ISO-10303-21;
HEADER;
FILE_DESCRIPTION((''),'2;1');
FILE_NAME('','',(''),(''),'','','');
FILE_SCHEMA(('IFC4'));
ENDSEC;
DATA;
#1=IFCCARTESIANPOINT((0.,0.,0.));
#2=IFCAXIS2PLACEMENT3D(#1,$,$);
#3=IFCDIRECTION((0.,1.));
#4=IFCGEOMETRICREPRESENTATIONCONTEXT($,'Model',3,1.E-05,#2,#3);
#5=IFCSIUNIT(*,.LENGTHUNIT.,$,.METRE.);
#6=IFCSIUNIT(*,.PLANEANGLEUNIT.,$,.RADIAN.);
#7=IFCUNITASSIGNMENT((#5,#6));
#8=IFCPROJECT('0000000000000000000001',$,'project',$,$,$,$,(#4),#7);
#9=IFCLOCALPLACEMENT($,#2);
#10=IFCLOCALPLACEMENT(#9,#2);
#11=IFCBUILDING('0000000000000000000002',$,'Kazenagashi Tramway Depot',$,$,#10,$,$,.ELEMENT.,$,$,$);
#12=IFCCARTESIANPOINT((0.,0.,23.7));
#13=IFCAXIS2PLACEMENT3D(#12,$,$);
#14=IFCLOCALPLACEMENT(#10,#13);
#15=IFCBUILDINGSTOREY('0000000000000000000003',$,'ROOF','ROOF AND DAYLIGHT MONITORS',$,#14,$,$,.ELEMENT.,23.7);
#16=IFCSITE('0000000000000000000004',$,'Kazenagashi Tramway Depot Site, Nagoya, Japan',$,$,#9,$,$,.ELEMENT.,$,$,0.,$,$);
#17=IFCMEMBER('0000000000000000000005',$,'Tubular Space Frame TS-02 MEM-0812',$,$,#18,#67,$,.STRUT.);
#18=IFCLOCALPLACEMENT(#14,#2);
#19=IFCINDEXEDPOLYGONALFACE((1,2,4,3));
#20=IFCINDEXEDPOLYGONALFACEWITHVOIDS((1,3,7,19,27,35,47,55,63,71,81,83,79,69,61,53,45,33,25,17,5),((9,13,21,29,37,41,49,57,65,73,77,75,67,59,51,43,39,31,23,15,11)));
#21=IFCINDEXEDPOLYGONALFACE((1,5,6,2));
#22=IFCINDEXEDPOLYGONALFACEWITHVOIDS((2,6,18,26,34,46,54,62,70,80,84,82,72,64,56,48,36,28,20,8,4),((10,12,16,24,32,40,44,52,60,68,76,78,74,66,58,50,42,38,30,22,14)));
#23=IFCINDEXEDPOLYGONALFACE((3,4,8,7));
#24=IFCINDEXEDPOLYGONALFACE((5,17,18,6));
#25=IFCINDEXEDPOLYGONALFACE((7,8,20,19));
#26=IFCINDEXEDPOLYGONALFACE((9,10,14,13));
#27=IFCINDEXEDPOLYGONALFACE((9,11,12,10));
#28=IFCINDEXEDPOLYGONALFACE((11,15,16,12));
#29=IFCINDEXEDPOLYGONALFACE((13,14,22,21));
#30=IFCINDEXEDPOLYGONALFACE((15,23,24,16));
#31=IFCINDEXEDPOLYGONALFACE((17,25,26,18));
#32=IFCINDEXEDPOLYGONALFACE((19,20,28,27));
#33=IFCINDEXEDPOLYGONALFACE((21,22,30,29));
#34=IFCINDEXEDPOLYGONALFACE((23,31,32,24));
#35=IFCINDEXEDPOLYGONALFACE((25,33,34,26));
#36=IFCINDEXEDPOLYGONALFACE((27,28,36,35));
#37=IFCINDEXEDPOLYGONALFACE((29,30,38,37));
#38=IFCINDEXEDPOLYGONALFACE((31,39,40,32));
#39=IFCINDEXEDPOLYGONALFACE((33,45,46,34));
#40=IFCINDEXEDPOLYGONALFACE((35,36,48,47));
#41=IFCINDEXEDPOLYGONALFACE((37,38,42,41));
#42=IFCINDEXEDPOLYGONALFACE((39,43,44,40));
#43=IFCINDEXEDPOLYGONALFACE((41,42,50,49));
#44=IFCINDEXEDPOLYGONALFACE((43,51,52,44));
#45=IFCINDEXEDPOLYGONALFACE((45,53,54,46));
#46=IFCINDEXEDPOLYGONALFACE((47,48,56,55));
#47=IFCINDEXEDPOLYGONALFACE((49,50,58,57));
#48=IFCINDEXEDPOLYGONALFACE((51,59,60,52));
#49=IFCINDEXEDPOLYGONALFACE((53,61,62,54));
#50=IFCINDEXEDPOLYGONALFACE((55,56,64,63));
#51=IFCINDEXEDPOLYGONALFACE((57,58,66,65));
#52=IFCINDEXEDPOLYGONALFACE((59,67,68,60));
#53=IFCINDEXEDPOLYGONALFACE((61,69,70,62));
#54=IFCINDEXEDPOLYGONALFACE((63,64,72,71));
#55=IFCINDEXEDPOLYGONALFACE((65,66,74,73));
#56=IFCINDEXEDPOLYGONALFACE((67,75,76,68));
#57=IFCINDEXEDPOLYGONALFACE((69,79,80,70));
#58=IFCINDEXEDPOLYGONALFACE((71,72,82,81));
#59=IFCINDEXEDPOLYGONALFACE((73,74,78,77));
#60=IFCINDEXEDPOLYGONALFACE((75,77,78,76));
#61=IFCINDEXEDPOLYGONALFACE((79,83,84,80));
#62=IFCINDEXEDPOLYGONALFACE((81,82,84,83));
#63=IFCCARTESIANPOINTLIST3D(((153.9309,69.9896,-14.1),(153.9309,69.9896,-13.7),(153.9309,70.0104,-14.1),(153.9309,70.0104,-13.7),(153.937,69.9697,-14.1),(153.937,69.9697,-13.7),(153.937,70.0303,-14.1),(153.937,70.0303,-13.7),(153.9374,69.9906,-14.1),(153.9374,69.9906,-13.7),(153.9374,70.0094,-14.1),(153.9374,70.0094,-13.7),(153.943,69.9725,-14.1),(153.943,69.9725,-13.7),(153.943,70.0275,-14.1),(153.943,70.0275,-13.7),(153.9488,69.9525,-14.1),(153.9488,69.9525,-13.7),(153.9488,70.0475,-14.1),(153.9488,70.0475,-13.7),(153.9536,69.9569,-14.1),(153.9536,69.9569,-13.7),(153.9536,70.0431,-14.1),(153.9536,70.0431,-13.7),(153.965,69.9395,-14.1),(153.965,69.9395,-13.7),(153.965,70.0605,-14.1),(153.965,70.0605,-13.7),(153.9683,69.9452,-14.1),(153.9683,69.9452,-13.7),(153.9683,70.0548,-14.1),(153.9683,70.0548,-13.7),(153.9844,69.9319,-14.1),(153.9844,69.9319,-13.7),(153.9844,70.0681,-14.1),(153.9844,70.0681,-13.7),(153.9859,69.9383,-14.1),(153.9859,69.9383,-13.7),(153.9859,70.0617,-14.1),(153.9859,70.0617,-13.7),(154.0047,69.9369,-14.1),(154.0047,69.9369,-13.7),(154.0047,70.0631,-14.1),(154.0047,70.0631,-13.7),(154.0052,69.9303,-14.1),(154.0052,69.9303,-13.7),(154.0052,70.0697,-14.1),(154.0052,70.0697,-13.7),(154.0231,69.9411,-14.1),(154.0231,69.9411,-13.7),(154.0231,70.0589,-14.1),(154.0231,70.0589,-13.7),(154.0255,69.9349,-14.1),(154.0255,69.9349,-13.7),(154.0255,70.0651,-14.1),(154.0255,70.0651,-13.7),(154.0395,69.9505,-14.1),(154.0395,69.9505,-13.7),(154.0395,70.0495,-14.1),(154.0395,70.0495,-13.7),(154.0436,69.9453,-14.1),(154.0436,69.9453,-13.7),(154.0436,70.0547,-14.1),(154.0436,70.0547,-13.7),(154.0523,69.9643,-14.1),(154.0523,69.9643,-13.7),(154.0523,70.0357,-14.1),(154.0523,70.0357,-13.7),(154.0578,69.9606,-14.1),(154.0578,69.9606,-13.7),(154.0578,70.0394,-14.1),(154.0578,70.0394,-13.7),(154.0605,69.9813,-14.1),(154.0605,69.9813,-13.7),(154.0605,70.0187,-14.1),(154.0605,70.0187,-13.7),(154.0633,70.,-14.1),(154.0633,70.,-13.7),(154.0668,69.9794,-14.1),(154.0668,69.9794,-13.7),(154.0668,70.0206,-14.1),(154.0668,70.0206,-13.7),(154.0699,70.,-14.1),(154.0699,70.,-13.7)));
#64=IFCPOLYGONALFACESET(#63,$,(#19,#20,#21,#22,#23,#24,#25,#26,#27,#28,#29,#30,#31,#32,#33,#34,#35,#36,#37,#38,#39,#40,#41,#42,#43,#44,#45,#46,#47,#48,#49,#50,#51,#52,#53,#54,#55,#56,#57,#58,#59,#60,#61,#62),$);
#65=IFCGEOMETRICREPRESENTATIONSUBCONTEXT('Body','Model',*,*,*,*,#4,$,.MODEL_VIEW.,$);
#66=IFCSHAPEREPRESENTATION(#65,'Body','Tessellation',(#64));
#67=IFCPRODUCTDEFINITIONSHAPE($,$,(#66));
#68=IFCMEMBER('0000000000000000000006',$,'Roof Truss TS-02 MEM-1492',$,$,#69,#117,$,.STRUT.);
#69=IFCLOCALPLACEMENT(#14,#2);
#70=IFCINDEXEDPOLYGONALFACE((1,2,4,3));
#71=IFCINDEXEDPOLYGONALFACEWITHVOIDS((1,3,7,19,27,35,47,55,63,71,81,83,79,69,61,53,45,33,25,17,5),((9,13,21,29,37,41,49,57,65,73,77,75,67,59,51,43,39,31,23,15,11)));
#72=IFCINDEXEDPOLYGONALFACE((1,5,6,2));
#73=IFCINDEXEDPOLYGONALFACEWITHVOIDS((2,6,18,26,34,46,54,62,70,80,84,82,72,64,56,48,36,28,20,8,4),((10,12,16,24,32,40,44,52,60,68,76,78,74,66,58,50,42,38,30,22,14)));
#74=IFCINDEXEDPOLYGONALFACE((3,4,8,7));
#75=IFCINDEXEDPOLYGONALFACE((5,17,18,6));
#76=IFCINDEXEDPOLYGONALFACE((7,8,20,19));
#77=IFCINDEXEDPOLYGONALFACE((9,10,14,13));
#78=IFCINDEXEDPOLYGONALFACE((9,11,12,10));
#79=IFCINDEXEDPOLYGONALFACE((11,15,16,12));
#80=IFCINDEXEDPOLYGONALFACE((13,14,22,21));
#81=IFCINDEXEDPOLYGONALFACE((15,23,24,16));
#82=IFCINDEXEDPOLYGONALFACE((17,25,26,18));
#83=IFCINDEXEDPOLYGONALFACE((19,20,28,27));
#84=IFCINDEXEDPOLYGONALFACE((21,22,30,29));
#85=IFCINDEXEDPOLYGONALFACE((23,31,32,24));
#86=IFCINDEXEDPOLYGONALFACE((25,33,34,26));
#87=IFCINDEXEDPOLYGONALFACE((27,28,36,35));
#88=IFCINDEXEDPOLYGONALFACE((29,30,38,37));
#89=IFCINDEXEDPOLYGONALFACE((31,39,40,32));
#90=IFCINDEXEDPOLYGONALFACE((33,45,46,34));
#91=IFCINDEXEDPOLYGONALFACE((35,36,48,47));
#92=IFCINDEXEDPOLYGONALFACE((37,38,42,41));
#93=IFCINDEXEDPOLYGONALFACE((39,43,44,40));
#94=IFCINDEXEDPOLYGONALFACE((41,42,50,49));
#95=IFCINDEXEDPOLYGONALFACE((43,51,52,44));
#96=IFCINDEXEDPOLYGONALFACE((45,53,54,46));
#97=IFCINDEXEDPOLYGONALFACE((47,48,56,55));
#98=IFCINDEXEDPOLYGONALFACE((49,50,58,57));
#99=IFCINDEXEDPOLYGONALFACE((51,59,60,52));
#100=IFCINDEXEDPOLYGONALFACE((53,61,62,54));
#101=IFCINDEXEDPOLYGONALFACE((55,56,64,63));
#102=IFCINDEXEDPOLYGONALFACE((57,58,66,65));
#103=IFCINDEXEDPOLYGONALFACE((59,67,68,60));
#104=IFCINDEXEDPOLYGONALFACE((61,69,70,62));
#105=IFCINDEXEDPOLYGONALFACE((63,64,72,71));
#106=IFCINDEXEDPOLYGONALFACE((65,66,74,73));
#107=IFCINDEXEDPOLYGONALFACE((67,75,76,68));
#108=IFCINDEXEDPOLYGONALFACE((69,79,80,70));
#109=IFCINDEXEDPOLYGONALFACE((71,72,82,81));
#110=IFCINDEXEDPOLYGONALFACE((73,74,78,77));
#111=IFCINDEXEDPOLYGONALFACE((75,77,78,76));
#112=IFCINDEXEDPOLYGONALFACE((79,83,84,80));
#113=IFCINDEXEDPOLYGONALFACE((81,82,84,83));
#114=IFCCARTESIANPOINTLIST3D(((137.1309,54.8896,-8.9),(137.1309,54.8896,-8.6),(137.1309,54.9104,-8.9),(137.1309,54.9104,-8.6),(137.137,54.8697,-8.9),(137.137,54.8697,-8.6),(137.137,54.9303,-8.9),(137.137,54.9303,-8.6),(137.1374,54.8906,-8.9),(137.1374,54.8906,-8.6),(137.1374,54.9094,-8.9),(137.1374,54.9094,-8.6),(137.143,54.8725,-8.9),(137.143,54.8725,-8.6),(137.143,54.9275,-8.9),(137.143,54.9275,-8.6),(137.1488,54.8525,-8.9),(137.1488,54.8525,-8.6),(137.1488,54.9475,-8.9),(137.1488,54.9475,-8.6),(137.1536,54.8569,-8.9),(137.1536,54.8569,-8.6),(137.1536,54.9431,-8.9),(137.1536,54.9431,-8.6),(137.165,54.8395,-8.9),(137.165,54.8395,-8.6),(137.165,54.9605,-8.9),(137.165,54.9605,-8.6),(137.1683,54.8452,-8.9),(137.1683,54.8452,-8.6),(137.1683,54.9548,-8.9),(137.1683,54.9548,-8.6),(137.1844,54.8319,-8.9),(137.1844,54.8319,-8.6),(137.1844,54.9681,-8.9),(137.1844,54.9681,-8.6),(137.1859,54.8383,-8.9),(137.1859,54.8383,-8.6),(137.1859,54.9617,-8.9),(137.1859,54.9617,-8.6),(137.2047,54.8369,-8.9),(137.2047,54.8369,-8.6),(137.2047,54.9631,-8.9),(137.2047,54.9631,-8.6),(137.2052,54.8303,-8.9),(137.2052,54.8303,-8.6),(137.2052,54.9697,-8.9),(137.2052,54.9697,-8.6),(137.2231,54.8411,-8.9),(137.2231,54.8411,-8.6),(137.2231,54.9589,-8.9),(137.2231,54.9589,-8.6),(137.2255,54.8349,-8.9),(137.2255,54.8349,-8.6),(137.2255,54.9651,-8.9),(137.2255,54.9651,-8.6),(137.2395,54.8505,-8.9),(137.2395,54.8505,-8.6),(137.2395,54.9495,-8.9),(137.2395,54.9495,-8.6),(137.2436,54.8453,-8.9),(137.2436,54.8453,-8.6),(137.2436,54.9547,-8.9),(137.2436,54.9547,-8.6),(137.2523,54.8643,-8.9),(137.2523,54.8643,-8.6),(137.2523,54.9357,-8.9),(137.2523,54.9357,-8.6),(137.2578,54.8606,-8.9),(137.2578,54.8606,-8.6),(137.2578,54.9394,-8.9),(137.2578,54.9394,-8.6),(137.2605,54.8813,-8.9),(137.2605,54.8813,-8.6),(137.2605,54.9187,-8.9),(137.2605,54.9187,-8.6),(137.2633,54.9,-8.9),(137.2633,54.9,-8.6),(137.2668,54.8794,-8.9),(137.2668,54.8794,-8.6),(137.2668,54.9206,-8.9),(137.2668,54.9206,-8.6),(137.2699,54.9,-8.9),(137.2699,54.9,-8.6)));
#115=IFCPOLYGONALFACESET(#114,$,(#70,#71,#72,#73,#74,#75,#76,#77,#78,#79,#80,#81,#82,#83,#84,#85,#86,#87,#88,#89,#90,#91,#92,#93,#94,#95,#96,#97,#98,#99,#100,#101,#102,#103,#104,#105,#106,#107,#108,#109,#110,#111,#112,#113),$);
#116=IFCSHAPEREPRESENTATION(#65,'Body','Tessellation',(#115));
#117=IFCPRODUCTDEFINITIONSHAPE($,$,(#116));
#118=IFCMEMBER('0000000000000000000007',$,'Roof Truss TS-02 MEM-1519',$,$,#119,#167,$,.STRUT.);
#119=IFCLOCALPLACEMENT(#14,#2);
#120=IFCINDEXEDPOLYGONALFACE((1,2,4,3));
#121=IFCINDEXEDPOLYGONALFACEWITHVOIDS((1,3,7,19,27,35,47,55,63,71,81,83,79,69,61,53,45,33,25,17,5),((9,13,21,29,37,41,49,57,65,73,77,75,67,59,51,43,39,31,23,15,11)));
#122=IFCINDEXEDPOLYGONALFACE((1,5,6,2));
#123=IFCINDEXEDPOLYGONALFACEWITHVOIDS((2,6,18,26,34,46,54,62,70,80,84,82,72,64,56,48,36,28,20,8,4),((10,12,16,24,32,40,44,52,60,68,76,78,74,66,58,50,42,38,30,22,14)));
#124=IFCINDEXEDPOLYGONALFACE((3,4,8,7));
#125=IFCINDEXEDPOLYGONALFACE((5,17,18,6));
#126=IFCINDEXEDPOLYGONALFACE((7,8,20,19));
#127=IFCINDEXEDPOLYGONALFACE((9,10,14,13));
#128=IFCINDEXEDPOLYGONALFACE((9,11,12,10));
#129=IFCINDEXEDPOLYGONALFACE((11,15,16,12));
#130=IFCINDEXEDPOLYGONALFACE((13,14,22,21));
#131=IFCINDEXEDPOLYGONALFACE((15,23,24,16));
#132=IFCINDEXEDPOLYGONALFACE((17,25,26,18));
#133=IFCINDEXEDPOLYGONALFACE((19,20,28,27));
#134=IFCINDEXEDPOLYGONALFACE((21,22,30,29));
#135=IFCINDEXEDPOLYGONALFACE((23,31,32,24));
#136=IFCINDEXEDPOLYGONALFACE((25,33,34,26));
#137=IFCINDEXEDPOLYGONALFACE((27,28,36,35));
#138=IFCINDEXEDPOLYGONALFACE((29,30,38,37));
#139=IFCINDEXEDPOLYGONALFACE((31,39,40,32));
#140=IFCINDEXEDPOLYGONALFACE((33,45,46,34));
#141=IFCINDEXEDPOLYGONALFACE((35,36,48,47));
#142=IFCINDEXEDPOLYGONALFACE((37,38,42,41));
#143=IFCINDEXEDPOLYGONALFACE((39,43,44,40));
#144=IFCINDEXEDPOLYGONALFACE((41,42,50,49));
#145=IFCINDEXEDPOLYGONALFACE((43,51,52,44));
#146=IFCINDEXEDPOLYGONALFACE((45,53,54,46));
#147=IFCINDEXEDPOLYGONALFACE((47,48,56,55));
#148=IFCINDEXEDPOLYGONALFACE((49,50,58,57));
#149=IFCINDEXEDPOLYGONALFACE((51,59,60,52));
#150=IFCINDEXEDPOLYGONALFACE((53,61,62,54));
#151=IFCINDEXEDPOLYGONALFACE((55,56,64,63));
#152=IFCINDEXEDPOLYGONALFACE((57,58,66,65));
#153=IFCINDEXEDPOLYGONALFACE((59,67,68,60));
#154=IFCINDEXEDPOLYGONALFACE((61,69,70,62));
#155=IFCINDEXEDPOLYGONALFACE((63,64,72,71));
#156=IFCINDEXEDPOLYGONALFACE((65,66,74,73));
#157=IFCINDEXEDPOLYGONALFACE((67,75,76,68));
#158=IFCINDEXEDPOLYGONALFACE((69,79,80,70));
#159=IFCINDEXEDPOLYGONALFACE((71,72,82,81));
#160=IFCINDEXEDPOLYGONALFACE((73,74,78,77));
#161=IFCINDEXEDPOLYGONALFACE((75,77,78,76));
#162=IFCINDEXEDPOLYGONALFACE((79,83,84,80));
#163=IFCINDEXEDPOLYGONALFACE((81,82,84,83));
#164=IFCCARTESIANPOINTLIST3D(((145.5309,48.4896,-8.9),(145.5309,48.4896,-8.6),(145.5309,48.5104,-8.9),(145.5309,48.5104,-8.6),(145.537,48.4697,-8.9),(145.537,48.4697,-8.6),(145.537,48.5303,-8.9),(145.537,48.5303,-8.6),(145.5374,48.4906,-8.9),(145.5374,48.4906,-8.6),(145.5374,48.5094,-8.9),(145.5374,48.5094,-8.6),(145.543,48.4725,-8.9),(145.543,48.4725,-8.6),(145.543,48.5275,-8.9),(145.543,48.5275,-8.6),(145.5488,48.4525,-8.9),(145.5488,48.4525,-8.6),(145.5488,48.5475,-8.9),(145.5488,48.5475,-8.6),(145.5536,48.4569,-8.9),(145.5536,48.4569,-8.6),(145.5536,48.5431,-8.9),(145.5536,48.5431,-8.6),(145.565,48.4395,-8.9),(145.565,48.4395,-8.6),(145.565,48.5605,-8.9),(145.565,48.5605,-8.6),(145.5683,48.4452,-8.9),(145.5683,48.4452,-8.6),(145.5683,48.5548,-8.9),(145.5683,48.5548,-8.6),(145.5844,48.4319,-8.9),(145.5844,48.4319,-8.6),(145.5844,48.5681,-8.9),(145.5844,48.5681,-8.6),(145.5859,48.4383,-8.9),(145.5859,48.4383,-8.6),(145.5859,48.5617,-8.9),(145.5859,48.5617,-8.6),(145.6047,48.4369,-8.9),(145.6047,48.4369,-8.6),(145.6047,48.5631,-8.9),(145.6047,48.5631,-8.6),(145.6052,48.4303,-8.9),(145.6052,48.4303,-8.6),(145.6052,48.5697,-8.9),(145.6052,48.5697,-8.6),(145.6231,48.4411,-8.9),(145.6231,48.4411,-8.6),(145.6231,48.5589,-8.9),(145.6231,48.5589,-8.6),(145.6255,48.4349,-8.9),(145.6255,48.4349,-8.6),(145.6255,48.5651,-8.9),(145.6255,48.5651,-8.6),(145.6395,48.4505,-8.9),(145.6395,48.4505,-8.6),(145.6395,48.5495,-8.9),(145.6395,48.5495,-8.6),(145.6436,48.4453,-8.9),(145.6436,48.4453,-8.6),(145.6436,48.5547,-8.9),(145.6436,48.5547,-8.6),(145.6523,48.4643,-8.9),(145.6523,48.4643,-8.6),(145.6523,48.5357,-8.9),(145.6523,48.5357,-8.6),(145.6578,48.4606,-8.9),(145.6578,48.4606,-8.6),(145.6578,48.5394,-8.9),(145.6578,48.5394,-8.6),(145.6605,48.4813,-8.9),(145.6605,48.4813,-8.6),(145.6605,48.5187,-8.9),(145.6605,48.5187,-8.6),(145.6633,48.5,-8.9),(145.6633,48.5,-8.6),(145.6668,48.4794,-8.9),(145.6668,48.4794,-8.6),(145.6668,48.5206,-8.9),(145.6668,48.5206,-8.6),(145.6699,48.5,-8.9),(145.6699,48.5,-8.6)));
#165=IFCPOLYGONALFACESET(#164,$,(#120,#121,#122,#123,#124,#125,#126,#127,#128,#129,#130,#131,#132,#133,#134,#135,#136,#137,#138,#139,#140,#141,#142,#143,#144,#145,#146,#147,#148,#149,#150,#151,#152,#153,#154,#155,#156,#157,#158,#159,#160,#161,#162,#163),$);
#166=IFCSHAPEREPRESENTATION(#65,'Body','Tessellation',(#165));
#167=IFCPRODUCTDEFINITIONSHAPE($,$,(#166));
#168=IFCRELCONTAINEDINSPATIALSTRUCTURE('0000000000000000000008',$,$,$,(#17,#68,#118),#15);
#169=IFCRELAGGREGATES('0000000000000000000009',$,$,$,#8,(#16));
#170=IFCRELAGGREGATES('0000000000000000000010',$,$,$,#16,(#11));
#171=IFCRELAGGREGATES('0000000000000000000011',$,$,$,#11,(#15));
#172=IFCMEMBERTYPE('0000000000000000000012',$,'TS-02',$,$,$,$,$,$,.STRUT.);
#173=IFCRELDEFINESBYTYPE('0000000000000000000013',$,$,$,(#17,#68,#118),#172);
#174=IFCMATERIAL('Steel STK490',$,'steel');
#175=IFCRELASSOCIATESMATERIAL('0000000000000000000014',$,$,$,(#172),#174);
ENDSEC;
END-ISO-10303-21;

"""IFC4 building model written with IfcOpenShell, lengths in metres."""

from ifc_helpers import new_model, si_unit, direction, frame, origin, origin_2d, place, context, subcontext, project, spatial, hollow_circle, extrude, material, material_profile, profile_set, type_object, element, save


model = new_model("IFC4")

# Units and contexts
model_context = context("Model", 3, precision=1e-05, world=origin(), true_north=direction((0.0, 1.0)))
body_context = subcontext(model_context, "Body", "Model", "MODEL_VIEW")
ifc_project = project(units=[si_unit("LENGTHUNIT", "METRE"), si_unit("PLANEANGLEUNIT", "RADIAN")], contexts=[model_context])

# Site, building, storey
site_placement = place(None, origin())
site = spatial("IfcSite", under=ifc_project, at=site_placement, Name="Kazenagashi Tramway Depot Site, Nagoya, Japan", CompositionType="ELEMENT", RefElevation=0.0)
building_placement = place(site_placement, origin())
building = spatial("IfcBuilding", under=site, at=building_placement, Name="Kazenagashi Tramway Depot", CompositionType="ELEMENT")
storey_placement = place(building_placement, frame((0.0, 0.0, 23.7)))
storey = spatial("IfcBuildingStorey", under=building, at=storey_placement, Name="ROOF", Description="ROOF AND DAYLIGHT MONITORS", CompositionType="ELEMENT", Elevation=23.7)

# Members
ifc_material_1 = material(Name="Steel STK490", Category="steel")
ifc_material_profile_1 = material_profile(ifc_material_1, hollow_circle(Radius=0.0699, WallThickness=0.0066, at=origin_2d()), Name="CHS-139.8x6.6")
ifc_profile_set_1 = profile_set([ifc_material_profile_1], Name="Steel STK490")
member_type_1 = type_object("IfcMemberType", Name="TS-02", PredefinedType="STRUT", material=ifc_profile_set_1)
for number, where, z_axis, x_axis, name in (
    (1, (154.0, 70.0, -14.1), (0.0, 0.0, 1.0), (1.0, 0.0, 0.0), "Tubular Space Frame TS-02 MEM-0812"),
):
    element("IfcMember", number, at=place(storey_placement, frame(where, z_axis=z_axis, x_axis=x_axis)), inside=storey, type_object=member_type_1, Name=name, PredefinedType="STRUT", context=body_context, shape_type="SweptSolid", body=[
        extrude(hollow_circle(Radius=0.0699, WallThickness=0.0066, at=origin_2d()), origin(), (0.0, 0.0, 1.0), 0.4),
    ])
for number, where, z_axis, x_axis, name in (
    (2, (137.2, 54.9, -8.9), (0.0, 0.0, 1.0), (1.0, 0.0, 0.0), "Roof Truss TS-02 MEM-1492"),
    (3, (145.6, 48.5, -8.9), (0.0, 0.0, 1.0), (1.0, 0.0, 0.0), "Roof Truss TS-02 MEM-1519"),
):
    element("IfcMember", number, at=place(storey_placement, frame(where, z_axis=z_axis, x_axis=x_axis)), inside=storey, type_object=member_type_1, Name=name, PredefinedType="STRUT", context=body_context, shape_type="SweptSolid", body=[
        extrude(hollow_circle(Radius=0.0699, WallThickness=0.0066, at=origin_2d()), origin(), (0.0, 0.0, 1.0), 0.3),
    ])

save(model, "model.ifc")
